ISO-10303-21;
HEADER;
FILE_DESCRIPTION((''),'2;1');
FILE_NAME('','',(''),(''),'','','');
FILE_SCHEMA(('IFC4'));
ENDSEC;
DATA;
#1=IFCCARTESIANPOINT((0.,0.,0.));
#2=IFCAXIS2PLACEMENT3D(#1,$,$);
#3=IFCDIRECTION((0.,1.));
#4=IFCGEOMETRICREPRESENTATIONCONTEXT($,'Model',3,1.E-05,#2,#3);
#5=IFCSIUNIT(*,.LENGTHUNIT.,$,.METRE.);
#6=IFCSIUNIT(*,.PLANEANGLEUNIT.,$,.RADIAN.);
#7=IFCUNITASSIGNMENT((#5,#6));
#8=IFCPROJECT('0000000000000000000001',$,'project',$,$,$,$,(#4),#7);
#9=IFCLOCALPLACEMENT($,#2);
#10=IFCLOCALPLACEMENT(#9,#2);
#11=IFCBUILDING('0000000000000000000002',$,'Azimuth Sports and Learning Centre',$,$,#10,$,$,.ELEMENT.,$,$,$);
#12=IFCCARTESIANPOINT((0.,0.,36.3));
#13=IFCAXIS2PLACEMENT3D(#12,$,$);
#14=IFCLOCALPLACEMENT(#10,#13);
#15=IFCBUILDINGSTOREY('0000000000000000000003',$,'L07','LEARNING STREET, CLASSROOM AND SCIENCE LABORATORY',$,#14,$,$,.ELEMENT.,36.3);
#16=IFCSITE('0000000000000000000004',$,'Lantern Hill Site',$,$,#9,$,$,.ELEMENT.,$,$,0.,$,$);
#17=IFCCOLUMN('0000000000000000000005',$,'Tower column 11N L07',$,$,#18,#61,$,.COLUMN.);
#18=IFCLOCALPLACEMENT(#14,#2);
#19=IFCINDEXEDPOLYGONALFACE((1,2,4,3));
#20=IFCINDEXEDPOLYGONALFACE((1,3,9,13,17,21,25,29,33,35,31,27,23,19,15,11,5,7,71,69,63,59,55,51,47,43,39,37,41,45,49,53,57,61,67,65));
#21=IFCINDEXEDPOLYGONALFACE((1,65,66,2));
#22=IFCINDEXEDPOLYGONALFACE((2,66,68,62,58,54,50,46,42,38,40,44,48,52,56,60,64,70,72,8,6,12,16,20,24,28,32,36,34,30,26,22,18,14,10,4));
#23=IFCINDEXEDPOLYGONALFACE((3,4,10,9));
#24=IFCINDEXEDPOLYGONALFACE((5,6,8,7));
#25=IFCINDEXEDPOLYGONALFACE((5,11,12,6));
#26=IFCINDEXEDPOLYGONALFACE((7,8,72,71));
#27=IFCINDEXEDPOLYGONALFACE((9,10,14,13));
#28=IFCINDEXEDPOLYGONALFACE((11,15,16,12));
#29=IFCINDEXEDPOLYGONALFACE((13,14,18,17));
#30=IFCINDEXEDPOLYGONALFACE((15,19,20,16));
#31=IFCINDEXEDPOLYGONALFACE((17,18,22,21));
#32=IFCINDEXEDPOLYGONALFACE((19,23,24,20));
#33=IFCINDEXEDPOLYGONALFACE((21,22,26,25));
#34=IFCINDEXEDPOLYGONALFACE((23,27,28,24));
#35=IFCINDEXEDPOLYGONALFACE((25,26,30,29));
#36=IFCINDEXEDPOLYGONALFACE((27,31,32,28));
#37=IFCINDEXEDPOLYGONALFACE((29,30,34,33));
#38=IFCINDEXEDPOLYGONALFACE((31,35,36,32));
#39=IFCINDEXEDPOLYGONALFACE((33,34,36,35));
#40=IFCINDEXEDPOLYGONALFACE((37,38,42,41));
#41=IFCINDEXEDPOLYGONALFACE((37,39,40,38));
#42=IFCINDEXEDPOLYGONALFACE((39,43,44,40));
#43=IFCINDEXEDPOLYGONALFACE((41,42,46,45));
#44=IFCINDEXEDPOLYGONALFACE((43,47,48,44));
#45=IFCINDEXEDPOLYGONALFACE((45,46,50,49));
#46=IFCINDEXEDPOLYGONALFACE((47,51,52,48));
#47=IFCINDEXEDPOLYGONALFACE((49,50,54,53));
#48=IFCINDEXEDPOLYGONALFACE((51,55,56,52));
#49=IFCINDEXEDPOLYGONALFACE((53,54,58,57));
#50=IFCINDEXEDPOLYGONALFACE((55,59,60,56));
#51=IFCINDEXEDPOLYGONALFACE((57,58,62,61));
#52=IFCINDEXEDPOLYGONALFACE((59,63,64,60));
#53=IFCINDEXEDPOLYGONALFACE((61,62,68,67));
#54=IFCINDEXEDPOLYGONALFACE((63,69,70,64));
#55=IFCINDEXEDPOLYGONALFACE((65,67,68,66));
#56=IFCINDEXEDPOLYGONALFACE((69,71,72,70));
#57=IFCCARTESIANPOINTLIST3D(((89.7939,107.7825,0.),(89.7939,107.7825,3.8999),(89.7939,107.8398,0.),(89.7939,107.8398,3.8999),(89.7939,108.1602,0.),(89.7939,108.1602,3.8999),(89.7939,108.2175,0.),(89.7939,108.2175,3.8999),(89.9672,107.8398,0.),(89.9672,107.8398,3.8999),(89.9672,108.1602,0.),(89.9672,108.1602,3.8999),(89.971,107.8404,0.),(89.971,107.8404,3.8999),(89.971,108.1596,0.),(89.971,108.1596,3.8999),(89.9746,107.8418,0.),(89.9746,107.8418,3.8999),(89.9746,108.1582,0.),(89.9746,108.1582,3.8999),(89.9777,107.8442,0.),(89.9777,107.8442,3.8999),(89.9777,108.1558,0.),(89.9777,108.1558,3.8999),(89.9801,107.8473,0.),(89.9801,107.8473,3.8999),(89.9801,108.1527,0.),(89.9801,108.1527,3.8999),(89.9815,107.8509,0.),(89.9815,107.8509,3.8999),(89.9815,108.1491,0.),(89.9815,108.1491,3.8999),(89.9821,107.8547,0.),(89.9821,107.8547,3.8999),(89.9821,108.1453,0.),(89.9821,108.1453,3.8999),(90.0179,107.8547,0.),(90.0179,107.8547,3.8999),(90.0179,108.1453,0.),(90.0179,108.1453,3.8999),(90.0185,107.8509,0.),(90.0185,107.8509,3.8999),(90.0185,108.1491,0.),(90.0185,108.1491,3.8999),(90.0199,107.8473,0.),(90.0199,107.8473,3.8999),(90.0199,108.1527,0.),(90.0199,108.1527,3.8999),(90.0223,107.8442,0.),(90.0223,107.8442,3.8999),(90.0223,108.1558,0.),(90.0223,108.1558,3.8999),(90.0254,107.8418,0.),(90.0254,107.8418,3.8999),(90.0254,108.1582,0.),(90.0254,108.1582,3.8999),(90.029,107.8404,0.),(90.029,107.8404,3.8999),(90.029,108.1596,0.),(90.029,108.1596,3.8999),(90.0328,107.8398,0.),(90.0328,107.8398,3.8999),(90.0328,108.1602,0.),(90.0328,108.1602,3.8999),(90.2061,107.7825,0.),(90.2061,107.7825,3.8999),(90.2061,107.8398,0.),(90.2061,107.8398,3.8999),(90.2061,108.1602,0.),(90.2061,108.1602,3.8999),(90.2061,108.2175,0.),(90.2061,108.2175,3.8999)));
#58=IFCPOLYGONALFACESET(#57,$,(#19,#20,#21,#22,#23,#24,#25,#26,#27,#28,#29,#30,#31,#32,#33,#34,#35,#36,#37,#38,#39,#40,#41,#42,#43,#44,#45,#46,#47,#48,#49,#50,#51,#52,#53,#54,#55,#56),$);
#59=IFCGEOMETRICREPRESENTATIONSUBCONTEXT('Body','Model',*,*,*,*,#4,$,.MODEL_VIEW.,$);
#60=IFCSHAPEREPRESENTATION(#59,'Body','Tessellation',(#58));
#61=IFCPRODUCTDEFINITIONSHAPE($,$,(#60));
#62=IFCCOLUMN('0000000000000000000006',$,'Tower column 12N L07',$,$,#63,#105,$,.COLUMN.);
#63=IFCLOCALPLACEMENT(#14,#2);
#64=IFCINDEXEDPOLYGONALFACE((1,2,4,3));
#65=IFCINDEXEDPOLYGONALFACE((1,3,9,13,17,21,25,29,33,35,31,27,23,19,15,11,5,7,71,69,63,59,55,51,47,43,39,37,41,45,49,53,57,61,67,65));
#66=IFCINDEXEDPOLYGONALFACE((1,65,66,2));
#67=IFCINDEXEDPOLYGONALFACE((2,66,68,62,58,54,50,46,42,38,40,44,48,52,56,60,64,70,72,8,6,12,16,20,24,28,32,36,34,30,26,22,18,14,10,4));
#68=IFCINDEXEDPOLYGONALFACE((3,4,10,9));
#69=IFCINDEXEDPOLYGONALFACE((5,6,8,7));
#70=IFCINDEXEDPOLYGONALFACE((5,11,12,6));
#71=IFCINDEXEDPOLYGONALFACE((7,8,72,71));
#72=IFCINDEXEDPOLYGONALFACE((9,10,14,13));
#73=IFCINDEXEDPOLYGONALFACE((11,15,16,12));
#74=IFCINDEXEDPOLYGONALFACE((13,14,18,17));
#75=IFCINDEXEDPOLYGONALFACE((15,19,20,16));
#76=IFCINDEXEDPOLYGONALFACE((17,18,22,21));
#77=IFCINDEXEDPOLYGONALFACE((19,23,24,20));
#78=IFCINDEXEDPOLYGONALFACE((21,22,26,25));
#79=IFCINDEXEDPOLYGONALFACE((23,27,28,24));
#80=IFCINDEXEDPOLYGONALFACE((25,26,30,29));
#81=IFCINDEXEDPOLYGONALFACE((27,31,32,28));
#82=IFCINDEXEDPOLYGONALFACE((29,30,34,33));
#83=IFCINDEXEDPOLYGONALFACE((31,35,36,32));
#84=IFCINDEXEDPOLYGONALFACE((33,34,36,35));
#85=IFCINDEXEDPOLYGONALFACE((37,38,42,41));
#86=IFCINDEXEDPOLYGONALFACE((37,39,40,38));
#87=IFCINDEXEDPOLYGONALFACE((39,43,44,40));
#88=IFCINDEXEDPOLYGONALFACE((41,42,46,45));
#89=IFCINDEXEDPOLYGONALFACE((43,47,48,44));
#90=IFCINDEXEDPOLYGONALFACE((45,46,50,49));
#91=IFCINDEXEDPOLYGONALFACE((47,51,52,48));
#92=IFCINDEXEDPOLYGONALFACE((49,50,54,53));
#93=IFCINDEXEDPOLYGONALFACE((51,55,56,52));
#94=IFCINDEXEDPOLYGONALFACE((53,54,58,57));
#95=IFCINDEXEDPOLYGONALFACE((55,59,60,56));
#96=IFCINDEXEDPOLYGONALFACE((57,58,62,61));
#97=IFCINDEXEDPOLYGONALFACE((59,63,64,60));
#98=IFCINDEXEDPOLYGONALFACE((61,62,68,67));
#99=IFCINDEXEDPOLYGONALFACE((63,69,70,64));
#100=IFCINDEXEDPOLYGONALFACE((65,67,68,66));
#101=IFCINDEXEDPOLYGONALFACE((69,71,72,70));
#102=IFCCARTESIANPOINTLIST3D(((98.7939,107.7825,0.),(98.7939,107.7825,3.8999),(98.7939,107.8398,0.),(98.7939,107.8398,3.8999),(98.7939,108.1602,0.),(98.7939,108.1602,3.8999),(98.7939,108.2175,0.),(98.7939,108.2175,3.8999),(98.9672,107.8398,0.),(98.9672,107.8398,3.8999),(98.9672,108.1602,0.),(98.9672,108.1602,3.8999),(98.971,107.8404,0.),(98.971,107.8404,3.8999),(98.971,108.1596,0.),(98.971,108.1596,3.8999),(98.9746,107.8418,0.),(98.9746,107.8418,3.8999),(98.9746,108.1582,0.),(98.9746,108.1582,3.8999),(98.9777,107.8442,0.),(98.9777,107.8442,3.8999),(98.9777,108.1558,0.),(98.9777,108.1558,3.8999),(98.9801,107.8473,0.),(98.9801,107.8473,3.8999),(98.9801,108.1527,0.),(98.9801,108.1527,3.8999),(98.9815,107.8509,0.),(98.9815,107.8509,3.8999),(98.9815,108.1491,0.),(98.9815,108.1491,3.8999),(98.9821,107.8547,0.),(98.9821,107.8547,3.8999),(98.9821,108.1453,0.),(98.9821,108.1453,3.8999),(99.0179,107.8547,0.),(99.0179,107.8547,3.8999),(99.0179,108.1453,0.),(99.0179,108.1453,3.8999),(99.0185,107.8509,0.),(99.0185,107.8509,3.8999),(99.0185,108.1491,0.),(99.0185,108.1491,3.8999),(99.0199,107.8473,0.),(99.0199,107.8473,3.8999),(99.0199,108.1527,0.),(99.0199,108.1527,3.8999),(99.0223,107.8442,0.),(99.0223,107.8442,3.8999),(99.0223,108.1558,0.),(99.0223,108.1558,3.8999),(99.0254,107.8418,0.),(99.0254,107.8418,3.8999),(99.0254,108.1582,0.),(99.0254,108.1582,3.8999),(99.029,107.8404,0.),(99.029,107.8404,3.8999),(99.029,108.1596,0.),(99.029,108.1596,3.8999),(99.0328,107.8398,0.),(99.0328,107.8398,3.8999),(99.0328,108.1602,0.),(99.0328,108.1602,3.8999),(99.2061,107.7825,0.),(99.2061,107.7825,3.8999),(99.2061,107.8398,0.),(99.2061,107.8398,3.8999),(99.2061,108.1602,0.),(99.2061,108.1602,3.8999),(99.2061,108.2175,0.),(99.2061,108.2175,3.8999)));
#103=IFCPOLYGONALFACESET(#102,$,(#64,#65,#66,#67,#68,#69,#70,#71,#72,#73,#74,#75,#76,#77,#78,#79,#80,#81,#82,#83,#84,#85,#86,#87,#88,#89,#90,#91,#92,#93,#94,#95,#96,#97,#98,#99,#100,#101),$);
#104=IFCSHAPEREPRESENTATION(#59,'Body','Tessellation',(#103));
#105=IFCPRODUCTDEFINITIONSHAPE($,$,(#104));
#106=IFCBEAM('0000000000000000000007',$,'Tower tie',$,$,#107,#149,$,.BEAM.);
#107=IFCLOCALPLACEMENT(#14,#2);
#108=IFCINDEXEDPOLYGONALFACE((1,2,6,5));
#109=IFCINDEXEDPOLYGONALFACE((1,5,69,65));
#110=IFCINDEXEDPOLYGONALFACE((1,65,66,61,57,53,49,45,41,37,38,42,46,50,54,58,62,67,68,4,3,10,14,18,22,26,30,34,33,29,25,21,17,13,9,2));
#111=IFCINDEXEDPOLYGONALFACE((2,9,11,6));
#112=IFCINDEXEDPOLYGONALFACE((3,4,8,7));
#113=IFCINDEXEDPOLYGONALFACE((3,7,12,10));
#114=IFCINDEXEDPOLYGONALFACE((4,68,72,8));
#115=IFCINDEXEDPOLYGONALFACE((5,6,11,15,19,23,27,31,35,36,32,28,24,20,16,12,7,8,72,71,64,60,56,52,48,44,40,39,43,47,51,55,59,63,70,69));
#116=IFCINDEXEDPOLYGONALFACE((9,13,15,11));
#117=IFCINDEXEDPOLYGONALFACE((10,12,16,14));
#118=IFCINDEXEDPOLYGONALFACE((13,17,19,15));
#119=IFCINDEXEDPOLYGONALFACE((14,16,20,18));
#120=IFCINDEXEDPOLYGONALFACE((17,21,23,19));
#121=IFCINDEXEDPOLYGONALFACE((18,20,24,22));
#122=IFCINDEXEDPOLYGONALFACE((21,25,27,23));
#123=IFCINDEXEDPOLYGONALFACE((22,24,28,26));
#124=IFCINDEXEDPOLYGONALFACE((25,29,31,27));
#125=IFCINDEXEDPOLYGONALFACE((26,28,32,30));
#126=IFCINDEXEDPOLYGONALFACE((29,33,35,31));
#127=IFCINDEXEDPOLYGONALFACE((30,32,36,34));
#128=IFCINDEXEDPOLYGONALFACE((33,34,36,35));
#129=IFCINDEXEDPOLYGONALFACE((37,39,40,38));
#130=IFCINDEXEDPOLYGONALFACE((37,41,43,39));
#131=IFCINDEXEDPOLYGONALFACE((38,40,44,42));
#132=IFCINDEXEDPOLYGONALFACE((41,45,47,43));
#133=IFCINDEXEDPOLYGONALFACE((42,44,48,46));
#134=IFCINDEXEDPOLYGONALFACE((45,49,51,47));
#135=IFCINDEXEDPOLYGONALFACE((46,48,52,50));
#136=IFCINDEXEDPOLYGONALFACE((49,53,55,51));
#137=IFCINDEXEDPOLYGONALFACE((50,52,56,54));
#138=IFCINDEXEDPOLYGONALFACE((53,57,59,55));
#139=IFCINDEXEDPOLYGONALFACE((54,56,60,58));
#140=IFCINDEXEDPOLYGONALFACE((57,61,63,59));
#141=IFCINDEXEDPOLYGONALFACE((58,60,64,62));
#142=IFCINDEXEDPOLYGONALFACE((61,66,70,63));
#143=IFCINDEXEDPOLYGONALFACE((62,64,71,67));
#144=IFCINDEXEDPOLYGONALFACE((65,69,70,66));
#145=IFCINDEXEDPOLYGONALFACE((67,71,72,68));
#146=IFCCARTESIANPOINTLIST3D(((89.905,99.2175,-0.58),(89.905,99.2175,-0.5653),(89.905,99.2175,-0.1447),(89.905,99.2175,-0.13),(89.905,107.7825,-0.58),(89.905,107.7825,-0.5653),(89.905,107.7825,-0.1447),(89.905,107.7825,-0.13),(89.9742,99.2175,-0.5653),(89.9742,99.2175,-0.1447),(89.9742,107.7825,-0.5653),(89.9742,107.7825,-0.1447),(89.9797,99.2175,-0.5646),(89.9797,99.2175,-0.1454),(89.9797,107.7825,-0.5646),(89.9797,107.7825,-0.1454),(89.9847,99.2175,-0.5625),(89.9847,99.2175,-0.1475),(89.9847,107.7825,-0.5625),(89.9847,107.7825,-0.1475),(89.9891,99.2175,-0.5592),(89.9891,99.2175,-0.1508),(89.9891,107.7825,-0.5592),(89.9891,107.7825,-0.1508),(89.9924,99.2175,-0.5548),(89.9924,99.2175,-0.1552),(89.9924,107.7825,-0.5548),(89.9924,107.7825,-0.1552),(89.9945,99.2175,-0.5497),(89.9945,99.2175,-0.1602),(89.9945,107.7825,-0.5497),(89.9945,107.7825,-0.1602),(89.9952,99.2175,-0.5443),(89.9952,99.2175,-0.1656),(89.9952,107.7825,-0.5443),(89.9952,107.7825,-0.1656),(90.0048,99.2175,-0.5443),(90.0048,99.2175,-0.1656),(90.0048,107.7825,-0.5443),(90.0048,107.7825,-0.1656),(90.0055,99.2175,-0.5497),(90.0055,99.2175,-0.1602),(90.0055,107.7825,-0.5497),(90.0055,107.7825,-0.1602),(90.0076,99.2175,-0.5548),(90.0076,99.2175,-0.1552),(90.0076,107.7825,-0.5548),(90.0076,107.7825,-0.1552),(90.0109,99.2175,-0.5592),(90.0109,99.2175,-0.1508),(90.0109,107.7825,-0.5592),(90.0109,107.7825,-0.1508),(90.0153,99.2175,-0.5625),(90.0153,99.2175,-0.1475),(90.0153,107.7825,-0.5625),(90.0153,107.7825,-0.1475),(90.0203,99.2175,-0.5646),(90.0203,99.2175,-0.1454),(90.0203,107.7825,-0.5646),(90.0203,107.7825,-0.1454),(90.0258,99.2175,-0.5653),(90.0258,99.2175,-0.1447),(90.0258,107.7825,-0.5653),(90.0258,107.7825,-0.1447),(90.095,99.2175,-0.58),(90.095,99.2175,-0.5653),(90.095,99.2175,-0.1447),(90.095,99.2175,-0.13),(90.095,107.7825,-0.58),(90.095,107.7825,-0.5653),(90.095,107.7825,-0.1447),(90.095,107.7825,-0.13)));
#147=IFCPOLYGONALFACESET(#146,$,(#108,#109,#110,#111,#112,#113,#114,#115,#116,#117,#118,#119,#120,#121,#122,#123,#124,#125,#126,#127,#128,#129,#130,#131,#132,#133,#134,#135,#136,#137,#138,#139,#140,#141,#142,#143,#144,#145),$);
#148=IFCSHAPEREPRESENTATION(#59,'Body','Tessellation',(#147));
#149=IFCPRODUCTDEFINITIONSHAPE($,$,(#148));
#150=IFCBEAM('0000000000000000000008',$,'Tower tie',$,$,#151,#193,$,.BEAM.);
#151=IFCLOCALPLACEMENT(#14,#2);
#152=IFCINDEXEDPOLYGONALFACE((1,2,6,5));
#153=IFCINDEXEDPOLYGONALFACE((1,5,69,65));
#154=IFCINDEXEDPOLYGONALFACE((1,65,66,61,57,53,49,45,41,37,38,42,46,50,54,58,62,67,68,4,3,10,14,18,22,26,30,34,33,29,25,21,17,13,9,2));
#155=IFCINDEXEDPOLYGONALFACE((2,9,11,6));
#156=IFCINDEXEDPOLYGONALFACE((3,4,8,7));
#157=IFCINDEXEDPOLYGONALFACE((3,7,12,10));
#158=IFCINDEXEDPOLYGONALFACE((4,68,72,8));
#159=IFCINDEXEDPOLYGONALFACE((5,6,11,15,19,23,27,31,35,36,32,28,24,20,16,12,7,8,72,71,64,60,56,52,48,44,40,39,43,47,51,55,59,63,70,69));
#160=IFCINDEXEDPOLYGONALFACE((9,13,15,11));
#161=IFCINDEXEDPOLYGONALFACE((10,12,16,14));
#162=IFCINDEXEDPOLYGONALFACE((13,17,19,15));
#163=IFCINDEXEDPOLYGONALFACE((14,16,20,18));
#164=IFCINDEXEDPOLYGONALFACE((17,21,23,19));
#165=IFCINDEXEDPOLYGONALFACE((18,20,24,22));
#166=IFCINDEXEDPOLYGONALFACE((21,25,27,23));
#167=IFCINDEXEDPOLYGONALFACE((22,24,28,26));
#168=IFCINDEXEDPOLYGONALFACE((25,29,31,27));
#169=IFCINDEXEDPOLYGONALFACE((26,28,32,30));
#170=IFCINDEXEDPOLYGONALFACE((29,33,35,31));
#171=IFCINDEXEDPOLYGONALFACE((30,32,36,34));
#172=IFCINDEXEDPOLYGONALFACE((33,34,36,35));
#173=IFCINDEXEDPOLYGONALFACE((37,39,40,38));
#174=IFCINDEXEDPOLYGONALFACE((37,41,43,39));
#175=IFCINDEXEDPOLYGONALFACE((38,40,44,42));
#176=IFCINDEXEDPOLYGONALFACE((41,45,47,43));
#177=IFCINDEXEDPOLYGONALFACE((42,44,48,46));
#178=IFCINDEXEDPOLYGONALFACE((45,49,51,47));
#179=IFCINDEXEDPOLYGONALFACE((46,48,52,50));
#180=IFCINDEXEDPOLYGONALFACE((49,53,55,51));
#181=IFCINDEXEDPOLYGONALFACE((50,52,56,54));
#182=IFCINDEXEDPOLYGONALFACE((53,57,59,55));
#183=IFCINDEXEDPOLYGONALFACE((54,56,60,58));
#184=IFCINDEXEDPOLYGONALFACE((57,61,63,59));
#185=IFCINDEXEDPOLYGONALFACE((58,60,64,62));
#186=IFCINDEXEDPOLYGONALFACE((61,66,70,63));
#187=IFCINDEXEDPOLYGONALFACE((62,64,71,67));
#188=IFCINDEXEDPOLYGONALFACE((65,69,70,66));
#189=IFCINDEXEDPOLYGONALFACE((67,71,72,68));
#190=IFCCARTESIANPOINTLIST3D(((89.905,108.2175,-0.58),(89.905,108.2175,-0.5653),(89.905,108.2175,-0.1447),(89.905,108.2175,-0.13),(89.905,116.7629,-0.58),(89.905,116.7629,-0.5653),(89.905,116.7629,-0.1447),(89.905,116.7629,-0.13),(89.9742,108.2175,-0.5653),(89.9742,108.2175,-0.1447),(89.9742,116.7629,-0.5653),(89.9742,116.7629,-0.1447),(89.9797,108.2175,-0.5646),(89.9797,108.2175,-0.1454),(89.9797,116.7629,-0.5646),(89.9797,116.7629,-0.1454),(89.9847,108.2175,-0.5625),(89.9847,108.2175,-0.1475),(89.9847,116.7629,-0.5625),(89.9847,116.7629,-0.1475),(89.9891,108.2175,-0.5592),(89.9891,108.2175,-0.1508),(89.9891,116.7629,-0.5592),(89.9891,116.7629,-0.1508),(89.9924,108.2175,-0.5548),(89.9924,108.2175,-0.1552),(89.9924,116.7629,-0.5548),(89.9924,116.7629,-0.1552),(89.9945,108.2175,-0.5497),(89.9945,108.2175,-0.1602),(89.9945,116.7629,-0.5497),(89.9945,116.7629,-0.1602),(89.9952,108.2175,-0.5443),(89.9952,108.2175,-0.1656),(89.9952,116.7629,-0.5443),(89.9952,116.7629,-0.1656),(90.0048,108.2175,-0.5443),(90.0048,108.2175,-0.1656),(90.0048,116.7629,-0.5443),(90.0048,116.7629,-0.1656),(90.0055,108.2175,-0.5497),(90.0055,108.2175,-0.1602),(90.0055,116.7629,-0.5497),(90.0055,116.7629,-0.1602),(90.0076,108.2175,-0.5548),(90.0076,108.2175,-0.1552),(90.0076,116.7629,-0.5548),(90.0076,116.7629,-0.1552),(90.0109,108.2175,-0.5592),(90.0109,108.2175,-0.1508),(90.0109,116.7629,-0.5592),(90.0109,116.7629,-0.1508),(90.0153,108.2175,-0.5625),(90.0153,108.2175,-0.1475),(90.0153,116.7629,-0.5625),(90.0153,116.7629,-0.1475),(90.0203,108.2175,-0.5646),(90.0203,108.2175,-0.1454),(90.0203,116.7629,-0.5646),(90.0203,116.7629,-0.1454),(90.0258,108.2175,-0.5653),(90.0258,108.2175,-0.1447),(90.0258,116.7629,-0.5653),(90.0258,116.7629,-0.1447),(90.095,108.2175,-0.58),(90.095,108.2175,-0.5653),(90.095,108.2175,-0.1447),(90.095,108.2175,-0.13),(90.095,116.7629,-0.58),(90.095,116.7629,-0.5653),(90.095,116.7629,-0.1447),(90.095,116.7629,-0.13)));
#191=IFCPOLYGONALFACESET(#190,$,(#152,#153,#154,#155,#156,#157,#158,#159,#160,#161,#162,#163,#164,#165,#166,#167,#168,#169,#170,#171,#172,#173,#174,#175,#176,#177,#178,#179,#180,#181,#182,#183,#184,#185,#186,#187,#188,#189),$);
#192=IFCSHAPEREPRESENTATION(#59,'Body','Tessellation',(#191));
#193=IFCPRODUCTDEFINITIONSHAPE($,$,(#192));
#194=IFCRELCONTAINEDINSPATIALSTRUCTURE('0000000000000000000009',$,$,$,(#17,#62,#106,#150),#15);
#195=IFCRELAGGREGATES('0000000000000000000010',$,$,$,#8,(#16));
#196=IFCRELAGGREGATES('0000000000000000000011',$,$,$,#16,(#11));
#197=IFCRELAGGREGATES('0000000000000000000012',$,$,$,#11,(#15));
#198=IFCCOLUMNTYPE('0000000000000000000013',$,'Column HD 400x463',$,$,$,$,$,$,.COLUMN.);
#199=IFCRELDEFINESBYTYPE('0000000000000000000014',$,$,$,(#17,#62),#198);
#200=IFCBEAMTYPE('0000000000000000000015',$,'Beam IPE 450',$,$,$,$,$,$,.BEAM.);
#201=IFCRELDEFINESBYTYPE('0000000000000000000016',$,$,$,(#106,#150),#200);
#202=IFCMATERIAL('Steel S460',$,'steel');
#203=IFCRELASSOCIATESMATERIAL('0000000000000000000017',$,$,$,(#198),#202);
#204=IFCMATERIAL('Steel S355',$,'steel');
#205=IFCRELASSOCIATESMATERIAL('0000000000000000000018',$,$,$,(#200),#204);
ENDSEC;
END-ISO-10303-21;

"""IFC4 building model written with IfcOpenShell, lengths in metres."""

from ifc_helpers import new_model, si_unit, direction, frame, origin, origin_2d, place, context, subcontext, project, spatial, i_section, extrude, material, material_profile, profile_set, type_object, element, save


model = new_model("IFC4")

# Units and contexts
model_context = context("Model", 3, precision=1e-05, world=origin(), true_north=direction((0.0, 1.0)))
body_context = subcontext(model_context, "Body", "Model", "MODEL_VIEW")
ifc_project = project(units=[si_unit("LENGTHUNIT", "METRE"), si_unit("PLANEANGLEUNIT", "RADIAN")], contexts=[model_context])

# Site, building, storey
site_placement = place(None, origin())
site = spatial("IfcSite", under=ifc_project, at=site_placement, Name="Lantern Hill Site", CompositionType="ELEMENT", RefElevation=0.0)
building_placement = place(site_placement, origin())
building = spatial("IfcBuilding", under=site, at=building_placement, Name="Azimuth Sports and Learning Centre", CompositionType="ELEMENT")
storey_placement = place(building_placement, frame((0.0, 0.0, 36.3)))
storey = spatial("IfcBuildingStorey", under=building, at=storey_placement, Name="L07", Description="LEARNING STREET, CLASSROOM AND SCIENCE LABORATORY", CompositionType="ELEMENT", Elevation=36.3)

# Columns
ifc_material_1 = material(Name="Steel S460", Category="steel")
ifc_material_profile_1 = material_profile(ifc_material_1, i_section(OverallWidth=0.4121, OverallDepth=0.4351, WebThickness=0.0359, FlangeThickness=0.0574, FilletRadius=0.0149, at=origin_2d()), Name="HD 400x463")
ifc_profile_set_1 = profile_set([ifc_material_profile_1], Name="Steel S460")
column_type = type_object("IfcColumnType", Name="Column HD 400x463", PredefinedType="COLUMN", material=ifc_profile_set_1)
for number, where, z_axis, x_axis, name in (
    (1, (90.0, 108.0, 0.0), (0.0, 0.0, 1.0), (1.0, 0.0, 0.0), "Tower column 11N L07"),
    (2, (99.0, 108.0, 0.0), (0.0, 0.0, 1.0), (1.0, 0.0, 0.0), "Tower column 12N L07"),
):
    element("IfcColumn", number, at=place(storey_placement, frame(where, z_axis=z_axis, x_axis=x_axis)), inside=storey, type_object=column_type, Name=name, PredefinedType="COLUMN", context=body_context, shape_type="SweptSolid", body=[
        extrude(i_section(OverallWidth=0.4121, OverallDepth=0.4351, WebThickness=0.0359, FlangeThickness=0.0574, FilletRadius=0.0149, at=origin_2d()), origin(), (0.0, 0.0, 1.0), 3.8999),
    ])

# Beams
ifc_material_2 = material(Name="Steel S355", Category="steel")
ifc_material_profile_2 = material_profile(ifc_material_2, i_section(OverallWidth=0.1899, OverallDepth=0.45, WebThickness=0.0095, FlangeThickness=0.0146, FilletRadius=0.021, at=origin_2d()), Name="IPE 450")
ifc_profile_set_2 = profile_set([ifc_material_profile_2], Name="Steel S355")
beam_type_1 = type_object("IfcBeamType", Name="Beam IPE 450", PredefinedType="BEAM", material=ifc_profile_set_2)
beam_1_placement = place(storey_placement, frame((90.0, 99.2175, -0.355), z_axis=(0.0, 1.0, 0.0), x_axis=(-1.0, 0.0, 0.0)))
element("IfcBeam", 3, at=beam_1_placement, inside=storey, type_object=beam_type_1, Name="Tower tie", PredefinedType="BEAM", context=body_context, shape_type="SweptSolid", body=[
    extrude(i_section(OverallWidth=0.1899, OverallDepth=0.45, WebThickness=0.0095, FlangeThickness=0.0146, FilletRadius=0.021, at=origin_2d()), origin(), (0.0, 0.0, 1.0), 8.5649),
])
beam_2_placement = place(storey_placement, frame((90.0, 108.2175, -0.355), z_axis=(0.0, 1.0, 0.0), x_axis=(-1.0, 0.0, 0.0)))
element("IfcBeam", 4, at=beam_2_placement, inside=storey, type_object=beam_type_1, Name="Tower tie", PredefinedType="BEAM", context=body_context, shape_type="SweptSolid", body=[
    extrude(i_section(OverallWidth=0.1899, OverallDepth=0.45, WebThickness=0.0095, FlangeThickness=0.0146, FilletRadius=0.021, at=origin_2d()), origin(), (0.0, 0.0, 1.0), 8.5454),
])

save(model, "model.ifc")
